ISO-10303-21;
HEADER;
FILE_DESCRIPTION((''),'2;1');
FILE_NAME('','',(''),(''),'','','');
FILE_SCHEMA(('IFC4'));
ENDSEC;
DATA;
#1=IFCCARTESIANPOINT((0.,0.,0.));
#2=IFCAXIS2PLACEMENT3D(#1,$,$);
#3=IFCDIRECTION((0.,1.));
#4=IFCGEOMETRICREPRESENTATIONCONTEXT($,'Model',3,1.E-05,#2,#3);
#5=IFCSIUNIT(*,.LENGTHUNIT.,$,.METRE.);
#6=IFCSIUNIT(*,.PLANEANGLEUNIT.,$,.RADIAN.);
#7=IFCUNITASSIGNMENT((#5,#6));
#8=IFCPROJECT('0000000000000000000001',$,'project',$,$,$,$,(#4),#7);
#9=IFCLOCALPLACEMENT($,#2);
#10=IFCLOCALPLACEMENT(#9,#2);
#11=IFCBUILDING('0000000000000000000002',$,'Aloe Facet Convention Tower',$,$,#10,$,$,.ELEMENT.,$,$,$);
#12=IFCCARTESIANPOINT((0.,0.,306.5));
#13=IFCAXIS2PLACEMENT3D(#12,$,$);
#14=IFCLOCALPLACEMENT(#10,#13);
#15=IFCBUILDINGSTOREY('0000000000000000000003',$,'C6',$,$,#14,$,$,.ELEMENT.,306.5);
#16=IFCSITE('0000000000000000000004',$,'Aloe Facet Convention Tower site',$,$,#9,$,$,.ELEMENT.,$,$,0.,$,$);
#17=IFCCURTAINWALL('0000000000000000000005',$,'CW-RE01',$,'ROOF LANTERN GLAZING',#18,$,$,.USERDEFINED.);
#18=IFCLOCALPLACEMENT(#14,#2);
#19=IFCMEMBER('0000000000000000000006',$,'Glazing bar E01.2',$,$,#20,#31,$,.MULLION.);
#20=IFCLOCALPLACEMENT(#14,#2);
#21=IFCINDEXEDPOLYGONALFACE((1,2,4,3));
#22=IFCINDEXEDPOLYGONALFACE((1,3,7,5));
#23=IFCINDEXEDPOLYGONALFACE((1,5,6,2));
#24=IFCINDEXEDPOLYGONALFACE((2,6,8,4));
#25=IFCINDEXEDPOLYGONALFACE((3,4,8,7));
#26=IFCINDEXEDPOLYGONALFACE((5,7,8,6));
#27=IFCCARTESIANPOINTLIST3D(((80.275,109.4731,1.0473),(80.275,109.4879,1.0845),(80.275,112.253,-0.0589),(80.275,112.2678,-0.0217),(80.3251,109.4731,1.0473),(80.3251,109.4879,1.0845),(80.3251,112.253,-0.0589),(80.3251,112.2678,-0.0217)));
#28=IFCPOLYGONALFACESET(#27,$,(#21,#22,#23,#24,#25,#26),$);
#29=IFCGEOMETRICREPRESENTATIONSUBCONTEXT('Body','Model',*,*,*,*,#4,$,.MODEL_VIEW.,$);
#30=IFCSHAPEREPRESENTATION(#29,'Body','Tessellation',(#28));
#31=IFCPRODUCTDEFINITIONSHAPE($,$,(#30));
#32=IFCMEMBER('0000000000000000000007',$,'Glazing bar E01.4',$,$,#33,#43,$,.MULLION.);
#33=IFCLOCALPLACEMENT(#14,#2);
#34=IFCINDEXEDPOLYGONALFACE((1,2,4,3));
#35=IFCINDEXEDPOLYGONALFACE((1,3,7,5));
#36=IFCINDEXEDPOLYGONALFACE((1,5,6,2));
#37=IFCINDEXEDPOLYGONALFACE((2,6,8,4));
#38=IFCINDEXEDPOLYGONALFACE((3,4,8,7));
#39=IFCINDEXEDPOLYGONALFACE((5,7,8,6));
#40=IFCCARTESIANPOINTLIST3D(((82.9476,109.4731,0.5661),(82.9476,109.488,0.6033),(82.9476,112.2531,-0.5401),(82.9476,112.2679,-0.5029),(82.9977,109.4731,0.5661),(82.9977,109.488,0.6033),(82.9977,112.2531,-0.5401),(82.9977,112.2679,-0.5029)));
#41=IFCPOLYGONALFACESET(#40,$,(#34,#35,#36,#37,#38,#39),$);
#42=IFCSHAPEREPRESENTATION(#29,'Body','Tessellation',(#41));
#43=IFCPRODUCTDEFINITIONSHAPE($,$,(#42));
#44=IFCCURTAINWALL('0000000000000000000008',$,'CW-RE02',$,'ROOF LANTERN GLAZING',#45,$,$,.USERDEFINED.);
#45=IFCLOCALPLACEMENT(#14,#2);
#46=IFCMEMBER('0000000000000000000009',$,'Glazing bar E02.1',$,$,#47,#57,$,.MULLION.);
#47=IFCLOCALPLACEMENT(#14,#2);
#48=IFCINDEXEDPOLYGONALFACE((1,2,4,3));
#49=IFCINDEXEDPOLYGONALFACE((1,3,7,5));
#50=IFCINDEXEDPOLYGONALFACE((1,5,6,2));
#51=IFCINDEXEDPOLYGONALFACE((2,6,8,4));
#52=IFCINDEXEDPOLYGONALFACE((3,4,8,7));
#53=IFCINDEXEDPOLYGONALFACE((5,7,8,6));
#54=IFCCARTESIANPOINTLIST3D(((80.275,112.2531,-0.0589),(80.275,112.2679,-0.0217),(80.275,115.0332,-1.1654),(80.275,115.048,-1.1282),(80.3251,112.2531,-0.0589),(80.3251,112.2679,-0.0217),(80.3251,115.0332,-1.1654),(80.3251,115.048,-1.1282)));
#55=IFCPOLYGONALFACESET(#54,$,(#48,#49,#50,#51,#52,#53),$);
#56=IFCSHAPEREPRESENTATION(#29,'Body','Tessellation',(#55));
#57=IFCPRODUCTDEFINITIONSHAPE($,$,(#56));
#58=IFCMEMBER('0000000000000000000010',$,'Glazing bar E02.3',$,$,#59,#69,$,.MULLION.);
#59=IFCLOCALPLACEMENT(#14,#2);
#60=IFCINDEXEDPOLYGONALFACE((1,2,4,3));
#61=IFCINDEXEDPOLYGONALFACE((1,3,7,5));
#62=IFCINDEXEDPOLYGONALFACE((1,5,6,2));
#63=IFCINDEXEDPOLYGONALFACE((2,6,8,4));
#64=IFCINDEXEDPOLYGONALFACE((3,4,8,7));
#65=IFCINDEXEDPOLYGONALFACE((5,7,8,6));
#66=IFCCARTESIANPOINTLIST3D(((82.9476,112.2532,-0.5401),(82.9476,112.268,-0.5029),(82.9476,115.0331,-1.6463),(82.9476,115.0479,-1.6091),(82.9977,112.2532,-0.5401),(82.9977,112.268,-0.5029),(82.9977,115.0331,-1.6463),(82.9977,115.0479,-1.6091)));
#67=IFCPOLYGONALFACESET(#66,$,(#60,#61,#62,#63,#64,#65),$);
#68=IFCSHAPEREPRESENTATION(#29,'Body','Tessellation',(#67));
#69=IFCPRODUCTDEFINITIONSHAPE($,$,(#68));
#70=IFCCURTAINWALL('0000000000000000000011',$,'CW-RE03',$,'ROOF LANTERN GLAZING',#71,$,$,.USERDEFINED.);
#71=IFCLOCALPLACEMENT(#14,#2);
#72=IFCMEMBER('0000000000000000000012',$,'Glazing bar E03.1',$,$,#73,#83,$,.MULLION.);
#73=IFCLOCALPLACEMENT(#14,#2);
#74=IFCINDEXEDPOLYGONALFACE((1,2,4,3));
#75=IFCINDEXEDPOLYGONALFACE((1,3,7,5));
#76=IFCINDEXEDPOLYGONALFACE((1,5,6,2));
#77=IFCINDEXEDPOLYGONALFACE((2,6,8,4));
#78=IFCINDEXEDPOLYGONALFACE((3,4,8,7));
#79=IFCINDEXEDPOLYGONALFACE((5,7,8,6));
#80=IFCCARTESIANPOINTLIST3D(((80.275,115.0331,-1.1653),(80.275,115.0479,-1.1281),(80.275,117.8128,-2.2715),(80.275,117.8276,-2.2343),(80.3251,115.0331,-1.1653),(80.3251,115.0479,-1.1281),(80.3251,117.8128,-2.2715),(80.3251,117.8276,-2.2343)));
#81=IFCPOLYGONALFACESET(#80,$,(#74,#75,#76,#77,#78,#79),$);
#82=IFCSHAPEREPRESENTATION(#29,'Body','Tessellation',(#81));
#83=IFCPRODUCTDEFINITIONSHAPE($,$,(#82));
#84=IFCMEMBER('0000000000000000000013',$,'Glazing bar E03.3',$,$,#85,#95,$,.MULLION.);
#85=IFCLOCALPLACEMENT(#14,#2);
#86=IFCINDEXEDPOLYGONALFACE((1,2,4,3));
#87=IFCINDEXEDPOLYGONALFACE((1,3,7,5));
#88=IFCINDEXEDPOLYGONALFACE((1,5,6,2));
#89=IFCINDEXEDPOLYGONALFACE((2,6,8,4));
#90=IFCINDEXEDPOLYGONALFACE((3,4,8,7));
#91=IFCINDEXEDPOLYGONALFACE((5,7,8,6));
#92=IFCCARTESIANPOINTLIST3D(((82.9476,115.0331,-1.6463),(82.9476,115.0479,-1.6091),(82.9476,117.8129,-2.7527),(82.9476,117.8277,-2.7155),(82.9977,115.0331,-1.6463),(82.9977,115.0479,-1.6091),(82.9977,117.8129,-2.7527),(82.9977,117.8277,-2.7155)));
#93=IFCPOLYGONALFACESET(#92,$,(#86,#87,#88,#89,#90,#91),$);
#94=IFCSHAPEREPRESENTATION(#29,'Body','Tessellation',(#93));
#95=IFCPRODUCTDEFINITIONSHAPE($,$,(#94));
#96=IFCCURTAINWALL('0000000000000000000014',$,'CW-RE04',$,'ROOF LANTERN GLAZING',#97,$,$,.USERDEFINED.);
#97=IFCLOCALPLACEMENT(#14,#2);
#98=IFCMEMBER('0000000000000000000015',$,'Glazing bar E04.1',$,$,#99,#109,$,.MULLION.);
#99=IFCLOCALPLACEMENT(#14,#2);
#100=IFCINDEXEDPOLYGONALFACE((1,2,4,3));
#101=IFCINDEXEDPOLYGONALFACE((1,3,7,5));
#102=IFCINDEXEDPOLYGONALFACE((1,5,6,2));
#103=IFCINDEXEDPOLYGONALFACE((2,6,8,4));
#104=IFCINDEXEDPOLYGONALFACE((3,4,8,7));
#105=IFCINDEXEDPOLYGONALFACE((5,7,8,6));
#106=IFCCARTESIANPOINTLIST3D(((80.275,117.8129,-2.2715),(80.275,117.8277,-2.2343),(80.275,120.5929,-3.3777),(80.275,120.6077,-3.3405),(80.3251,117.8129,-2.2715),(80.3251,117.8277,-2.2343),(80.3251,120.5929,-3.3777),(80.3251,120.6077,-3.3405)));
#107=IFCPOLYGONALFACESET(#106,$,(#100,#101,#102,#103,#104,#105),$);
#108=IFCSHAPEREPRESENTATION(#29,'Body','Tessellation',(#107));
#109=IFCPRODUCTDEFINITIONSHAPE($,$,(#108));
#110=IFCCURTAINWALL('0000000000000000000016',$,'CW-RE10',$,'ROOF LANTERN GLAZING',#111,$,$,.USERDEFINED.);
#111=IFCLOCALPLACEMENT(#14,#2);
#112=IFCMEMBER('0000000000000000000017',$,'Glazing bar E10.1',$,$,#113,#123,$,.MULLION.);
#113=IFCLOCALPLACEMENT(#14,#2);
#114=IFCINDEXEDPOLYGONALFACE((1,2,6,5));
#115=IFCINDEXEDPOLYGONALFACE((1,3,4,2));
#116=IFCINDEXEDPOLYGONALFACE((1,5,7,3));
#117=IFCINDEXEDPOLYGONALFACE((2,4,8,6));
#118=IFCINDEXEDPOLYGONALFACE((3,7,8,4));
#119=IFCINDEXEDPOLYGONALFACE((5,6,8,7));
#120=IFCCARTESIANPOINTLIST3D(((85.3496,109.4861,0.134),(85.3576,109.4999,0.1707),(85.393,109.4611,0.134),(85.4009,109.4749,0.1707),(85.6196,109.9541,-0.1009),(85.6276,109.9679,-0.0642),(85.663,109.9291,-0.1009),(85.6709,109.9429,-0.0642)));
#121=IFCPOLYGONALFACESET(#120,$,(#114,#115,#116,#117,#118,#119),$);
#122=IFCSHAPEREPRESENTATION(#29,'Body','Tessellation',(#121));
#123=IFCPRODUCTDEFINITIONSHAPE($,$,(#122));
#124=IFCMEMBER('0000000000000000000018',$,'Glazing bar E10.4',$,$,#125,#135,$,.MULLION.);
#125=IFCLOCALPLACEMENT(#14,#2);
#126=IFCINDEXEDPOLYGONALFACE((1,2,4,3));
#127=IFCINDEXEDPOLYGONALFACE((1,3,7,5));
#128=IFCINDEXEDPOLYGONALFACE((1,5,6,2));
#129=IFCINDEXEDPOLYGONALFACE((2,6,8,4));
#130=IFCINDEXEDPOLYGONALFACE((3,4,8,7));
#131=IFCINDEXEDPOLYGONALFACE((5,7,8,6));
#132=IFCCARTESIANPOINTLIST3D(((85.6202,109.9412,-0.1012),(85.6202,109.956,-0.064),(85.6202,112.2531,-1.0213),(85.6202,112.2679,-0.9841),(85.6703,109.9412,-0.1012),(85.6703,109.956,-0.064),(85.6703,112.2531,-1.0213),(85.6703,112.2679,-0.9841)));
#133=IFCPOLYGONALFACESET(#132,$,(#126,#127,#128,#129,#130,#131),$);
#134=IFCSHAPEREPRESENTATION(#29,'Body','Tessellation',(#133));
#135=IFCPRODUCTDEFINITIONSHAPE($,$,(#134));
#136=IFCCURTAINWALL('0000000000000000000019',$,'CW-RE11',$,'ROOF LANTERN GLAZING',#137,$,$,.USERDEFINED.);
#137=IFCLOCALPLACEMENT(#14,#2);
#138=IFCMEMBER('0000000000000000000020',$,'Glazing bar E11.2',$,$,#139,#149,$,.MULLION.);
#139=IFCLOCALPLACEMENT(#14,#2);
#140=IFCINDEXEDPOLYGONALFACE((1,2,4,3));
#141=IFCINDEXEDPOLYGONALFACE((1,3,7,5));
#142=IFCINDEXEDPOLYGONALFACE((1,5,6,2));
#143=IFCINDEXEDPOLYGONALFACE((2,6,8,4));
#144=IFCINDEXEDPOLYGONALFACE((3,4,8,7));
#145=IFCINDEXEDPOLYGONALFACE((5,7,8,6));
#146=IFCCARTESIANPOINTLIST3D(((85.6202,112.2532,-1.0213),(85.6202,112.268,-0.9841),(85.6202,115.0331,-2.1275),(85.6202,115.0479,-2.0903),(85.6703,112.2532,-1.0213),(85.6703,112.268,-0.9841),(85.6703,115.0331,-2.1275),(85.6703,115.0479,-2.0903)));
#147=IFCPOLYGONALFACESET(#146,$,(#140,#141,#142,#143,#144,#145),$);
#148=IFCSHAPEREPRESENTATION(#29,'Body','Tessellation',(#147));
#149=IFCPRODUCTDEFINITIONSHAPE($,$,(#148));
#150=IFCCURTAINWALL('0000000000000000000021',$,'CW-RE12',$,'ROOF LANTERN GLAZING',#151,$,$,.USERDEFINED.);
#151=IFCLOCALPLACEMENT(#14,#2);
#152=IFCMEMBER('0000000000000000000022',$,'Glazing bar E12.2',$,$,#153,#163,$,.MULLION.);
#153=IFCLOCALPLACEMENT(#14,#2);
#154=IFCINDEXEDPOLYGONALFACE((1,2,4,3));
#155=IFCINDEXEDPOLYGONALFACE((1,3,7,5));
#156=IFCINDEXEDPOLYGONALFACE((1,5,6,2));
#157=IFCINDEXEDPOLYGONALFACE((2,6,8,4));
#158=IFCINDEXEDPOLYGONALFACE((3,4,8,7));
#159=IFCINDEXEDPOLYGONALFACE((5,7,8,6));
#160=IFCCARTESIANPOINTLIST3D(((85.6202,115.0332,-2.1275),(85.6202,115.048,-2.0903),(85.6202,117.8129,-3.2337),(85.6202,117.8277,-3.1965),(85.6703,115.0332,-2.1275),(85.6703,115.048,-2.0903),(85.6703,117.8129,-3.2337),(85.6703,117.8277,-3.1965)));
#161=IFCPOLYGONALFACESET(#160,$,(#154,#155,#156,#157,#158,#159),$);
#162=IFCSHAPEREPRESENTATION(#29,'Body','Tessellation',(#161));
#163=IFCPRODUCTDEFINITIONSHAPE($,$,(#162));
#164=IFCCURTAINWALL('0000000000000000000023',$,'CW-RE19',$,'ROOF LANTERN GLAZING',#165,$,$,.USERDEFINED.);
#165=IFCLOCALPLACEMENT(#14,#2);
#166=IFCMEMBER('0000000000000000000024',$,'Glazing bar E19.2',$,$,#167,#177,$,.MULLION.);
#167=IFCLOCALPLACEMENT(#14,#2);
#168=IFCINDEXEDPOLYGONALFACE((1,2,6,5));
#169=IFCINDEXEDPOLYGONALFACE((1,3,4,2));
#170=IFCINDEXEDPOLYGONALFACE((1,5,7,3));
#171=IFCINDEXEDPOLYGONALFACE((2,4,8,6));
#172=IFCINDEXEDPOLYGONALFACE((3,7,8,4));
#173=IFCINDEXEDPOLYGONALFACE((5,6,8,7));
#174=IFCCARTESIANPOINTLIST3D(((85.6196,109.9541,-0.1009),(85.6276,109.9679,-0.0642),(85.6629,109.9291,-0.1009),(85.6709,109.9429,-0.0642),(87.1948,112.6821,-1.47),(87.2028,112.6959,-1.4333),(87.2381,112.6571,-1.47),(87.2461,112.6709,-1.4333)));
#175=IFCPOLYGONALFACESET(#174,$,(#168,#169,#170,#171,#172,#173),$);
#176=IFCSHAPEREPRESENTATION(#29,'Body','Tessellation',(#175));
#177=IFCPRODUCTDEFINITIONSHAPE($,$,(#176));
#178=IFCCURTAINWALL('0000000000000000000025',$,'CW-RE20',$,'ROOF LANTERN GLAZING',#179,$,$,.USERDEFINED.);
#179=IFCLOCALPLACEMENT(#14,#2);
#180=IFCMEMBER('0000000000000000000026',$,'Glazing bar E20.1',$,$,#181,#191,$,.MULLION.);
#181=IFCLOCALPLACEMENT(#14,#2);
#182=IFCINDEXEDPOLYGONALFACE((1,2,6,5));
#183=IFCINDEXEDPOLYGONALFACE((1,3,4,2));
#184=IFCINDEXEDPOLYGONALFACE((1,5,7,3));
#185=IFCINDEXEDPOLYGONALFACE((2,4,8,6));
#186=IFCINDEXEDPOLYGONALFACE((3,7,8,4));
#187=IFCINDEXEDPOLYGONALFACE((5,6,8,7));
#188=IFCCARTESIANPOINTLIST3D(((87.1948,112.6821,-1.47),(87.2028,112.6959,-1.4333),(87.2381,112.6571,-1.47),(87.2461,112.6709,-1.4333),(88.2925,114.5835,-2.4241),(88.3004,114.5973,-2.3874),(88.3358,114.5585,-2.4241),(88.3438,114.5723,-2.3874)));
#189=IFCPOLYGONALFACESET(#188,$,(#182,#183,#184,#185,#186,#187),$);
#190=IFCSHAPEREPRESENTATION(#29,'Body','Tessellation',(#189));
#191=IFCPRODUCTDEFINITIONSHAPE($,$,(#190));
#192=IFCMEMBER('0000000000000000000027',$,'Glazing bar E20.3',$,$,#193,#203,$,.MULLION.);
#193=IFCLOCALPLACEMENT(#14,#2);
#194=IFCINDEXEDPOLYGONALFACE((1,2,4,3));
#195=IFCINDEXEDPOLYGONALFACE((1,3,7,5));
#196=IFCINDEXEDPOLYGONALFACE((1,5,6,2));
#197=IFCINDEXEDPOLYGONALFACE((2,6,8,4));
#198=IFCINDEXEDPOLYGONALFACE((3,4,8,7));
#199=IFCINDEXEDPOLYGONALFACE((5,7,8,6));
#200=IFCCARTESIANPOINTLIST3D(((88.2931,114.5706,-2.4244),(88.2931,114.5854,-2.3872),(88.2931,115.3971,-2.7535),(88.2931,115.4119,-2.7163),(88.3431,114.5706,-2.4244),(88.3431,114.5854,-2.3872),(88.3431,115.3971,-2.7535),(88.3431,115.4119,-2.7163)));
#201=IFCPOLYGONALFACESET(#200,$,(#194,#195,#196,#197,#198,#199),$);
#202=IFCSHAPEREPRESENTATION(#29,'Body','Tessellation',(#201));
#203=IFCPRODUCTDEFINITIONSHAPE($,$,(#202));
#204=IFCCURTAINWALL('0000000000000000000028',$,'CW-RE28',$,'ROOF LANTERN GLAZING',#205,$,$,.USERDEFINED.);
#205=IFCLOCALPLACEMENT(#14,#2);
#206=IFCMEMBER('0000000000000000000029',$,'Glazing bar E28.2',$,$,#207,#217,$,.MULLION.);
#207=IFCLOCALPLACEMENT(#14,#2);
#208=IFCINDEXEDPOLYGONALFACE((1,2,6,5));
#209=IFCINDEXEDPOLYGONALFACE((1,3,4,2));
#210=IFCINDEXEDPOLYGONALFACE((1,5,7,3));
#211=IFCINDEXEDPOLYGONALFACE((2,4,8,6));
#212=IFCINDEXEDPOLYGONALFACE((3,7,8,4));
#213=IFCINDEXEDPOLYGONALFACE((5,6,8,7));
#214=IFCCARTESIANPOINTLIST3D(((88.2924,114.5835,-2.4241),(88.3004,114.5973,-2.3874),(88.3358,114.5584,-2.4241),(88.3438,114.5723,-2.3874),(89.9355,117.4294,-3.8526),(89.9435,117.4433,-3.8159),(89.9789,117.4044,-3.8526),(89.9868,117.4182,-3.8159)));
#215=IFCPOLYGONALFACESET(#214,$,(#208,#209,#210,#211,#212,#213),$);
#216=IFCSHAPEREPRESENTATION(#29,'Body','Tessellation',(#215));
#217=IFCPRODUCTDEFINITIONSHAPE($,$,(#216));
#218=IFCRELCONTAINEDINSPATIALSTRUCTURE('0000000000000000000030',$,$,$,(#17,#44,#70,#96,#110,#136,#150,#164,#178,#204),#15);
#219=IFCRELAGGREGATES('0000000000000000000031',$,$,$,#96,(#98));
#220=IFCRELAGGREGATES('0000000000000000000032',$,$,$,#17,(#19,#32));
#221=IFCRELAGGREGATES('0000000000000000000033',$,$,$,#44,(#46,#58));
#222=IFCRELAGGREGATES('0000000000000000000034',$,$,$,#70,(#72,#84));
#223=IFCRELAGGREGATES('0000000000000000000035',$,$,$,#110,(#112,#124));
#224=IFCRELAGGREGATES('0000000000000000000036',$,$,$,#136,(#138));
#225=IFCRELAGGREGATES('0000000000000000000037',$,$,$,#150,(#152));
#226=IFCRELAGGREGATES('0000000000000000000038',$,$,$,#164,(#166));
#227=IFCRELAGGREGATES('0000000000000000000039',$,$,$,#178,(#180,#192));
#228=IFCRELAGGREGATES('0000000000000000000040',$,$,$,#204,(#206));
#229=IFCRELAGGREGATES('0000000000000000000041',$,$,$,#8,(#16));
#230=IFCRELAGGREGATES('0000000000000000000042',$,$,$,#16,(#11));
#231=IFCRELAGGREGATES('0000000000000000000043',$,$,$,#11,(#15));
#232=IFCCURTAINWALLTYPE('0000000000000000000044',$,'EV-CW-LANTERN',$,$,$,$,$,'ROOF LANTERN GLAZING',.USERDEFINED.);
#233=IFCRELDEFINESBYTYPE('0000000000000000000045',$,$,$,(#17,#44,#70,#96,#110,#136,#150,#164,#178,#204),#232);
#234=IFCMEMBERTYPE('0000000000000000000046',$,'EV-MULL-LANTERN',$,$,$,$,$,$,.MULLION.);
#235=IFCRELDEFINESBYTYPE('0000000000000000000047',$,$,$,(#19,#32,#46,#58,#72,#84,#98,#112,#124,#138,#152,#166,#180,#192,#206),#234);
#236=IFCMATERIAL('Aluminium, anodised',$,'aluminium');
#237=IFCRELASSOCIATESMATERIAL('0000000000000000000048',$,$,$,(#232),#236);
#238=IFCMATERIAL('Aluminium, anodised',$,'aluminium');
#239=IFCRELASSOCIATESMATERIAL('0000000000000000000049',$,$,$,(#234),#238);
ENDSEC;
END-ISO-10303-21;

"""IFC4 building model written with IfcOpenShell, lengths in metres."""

from ifc_helpers import new_model, si_unit, direction, frame, origin, origin_2d, place, context, subcontext, project, spatial, rectangle, extrude, material, material_profile, profile_set, type_object, element, aggregate, save


model = new_model("IFC4")

# Units and contexts
model_context = context("Model", 3, precision=1e-05, world=origin(), true_north=direction((0.0, 1.0)))
body_context = subcontext(model_context, "Body", "Model", "MODEL_VIEW")
ifc_project = project(units=[si_unit("LENGTHUNIT", "METRE"), si_unit("PLANEANGLEUNIT", "RADIAN")], contexts=[model_context])

# Site, building, storey
site_placement = place(None, origin())
site = spatial("IfcSite", under=ifc_project, at=site_placement, Name="Aloe Facet Convention Tower site", CompositionType="ELEMENT", RefElevation=0.0)
building_placement = place(site_placement, origin())
building = spatial("IfcBuilding", under=site, at=building_placement, Name="Aloe Facet Convention Tower", CompositionType="ELEMENT")
storey_placement = place(building_placement, frame((0.0, 0.0, 306.5)))
storey = spatial("IfcBuildingStorey", under=building, at=storey_placement, Name="C6", CompositionType="ELEMENT", Elevation=306.5)

# Curtain walls, members
ifc_material_1 = material(Name="Aluminium, anodised", Category="aluminium")
curtain_wall_type = type_object("IfcCurtainWallType", Name="EV-CW-LANTERN", ElementType="ROOF LANTERN GLAZING", PredefinedType="USERDEFINED", material=ifc_material_1)
curtain_wall_1_placement = place(storey_placement, origin())
curtain_wall_1 = element("IfcCurtainWall", 1, at=curtain_wall_1_placement, inside=storey, type_object=curtain_wall_type, Name="CW-RE01", ObjectType="ROOF LANTERN GLAZING", PredefinedType="USERDEFINED")
ifc_material_2 = material(Name="Aluminium, anodised", Category="aluminium")
ifc_material_profile_1 = material_profile(ifc_material_2, rectangle(XDim=0.05, YDim=0.04, at=origin_2d()), Name="AL 50x40")
ifc_profile_set_1 = profile_set([ifc_material_profile_1], Name="Aluminium, anodised")
member_type_1 = type_object("IfcMemberType", Name="EV-MULL-LANTERN", PredefinedType="MULLION", material=ifc_profile_set_1)
member_1_placement = place(storey_placement, frame((80.3, 109.4805, 1.0659), z_axis=(0.0, 0.929145, -0.369716), x_axis=(-1.0, 0.0, 0.0)))
member_1 = element("IfcMember", 2, at=member_1_placement, type_object=member_type_1, Name="Glazing bar E01.2", PredefinedType="MULLION", context=body_context, shape_type="SweptSolid", body=[
    extrude(rectangle(XDim=0.05, YDim=0.04, at=origin_2d()), origin(), (0.0, 0.0, 1.0), 2.9919),
])
member_2_placement = place(storey_placement, frame((82.9727, 112.2605, -0.5215), z_axis=(0.0, -0.929145, 0.369716), x_axis=(1.0, 0.0, 0.0)))
member_2 = element("IfcMember", 3, at=member_2_placement, type_object=member_type_1, Name="Glazing bar E01.4", PredefinedType="MULLION", context=body_context, shape_type="SweptSolid", body=[
    extrude(rectangle(XDim=0.05, YDim=0.04, at=origin_2d()), origin(), (0.0, 0.0, 1.0), 2.9919),
])
curtain_wall_2_placement = place(storey_placement, origin())
curtain_wall_2 = element("IfcCurtainWall", 4, at=curtain_wall_2_placement, inside=storey, type_object=curtain_wall_type, Name="CW-RE02", ObjectType="ROOF LANTERN GLAZING", PredefinedType="USERDEFINED")
member_3_placement = place(storey_placement, frame((80.3, 112.2605, -0.0403), z_axis=(0.0, 0.929117, -0.369786), x_axis=(-1.0, 0.0, 0.0)))
member_3 = element("IfcMember", 5, at=member_3_placement, type_object=member_type_1, Name="Glazing bar E02.1", PredefinedType="MULLION", context=body_context, shape_type="SweptSolid", body=[
    extrude(rectangle(XDim=0.05, YDim=0.04, at=origin_2d()), origin(), (0.0, 0.0, 1.0), 2.9922),
])
member_4_placement = place(storey_placement, frame((82.9727, 115.0405, -1.6277), z_axis=(0.0, -0.929145, 0.369716), x_axis=(1.0, 0.0, 0.0)))
member_4 = element("IfcMember", 6, at=member_4_placement, type_object=member_type_1, Name="Glazing bar E02.3", PredefinedType="MULLION", context=body_context, shape_type="SweptSolid", body=[
    extrude(rectangle(XDim=0.05, YDim=0.04, at=origin_2d()), origin(), (0.0, 0.0, 1.0), 2.9919),
])
curtain_wall_3_placement = place(storey_placement, origin())
curtain_wall_3 = element("IfcCurtainWall", 7, at=curtain_wall_3_placement, inside=storey, type_object=curtain_wall_type, Name="CW-RE03", ObjectType="ROOF LANTERN GLAZING", PredefinedType="USERDEFINED")
member_5_placement = place(storey_placement, frame((80.3, 115.0405, -1.1467), z_axis=(0.0, 0.929134, -0.369744), x_axis=(-1.0, 0.0, 0.0)))
member_5 = element("IfcMember", 8, at=member_5_placement, type_object=member_type_1, Name="Glazing bar E03.1", PredefinedType="MULLION", context=body_context, shape_type="SweptSolid", body=[
    extrude(rectangle(XDim=0.05, YDim=0.04, at=origin_2d()), origin(), (0.0, 0.0, 1.0), 2.9917),
])
member_6_placement = place(storey_placement, frame((82.9727, 117.8203, -2.7341), z_axis=(0.0, -0.929106, 0.369814), x_axis=(1.0, 0.0, 0.0)))
member_6 = element("IfcMember", 9, at=member_6_placement, type_object=member_type_1, Name="Glazing bar E03.3", PredefinedType="MULLION", context=body_context, shape_type="SweptSolid", body=[
    extrude(rectangle(XDim=0.05, YDim=0.04, at=origin_2d()), origin(), (0.0, 0.0, 1.0), 2.9919),
])

# Curtain wall, member
curtain_wall_4_placement = place(storey_placement, origin())
curtain_wall_4 = element("IfcCurtainWall", 10, at=curtain_wall_4_placement, inside=storey, type_object=curtain_wall_type, Name="CW-RE04", ObjectType="ROOF LANTERN GLAZING", PredefinedType="USERDEFINED")
member_7_placement = place(storey_placement, frame((80.3, 117.8203, -2.2529), z_axis=(0.0, 0.929145, -0.369716), x_axis=(-1.0, 0.0, 0.0)))
member_7 = element("IfcMember", 11, at=member_7_placement, type_object=member_type_1, Name="Glazing bar E04.1", PredefinedType="MULLION", context=body_context, shape_type="SweptSolid", body=[
    extrude(rectangle(XDim=0.05, YDim=0.04, at=origin_2d()), origin(), (0.0, 0.0, 1.0), 2.9919),
])
aggregate(curtain_wall_4, [member_7])

# Curtain wall, members
curtain_wall_5_placement = place(storey_placement, origin())
curtain_wall_5 = element("IfcCurtainWall", 12, at=curtain_wall_5_placement, inside=storey, type_object=curtain_wall_type, Name="CW-RE10", ObjectType="ROOF LANTERN GLAZING", PredefinedType="USERDEFINED")
member_8_placement = place(storey_placement, frame((85.6453, 109.9485, -0.0825), z_axis=(-0.458311, -0.794379, 0.39864), x_axis=(0.866178, -0.499735, 0.0)))
member_8 = element("IfcMember", 13, at=member_8_placement, type_object=member_type_1, Name="Glazing bar E10.1", PredefinedType="MULLION", context=body_context, shape_type="SweptSolid", body=[
    extrude(rectangle(XDim=0.05, YDim=0.04, at=origin_2d()), origin(), (0.0, 0.0, 1.0), 0.5891),
])
member_9_placement = place(storey_placement, frame((85.6453, 112.2605, -1.0027), z_axis=(0.0, -0.929118, 0.369783), x_axis=(1.0, 0.0, 0.0)))
member_9 = element("IfcMember", 14, at=member_9_placement, type_object=member_type_1, Name="Glazing bar E10.4", PredefinedType="MULLION", context=body_context, shape_type="SweptSolid", body=[
    extrude(rectangle(XDim=0.05, YDim=0.04, at=origin_2d()), origin(), (0.0, 0.0, 1.0), 2.4883),
])

# Curtain walls, members
curtain_wall_6_placement = place(storey_placement, origin())
curtain_wall_6 = element("IfcCurtainWall", 15, at=curtain_wall_6_placement, inside=storey, type_object=curtain_wall_type, Name="CW-RE11", ObjectType="ROOF LANTERN GLAZING", PredefinedType="USERDEFINED")
member_10_placement = place(storey_placement, frame((85.6453, 115.0405, -2.1089), z_axis=(0.0, -0.929145, 0.369716), x_axis=(1.0, 0.0, 0.0)))
member_10 = element("IfcMember", 16, at=member_10_placement, type_object=member_type_1, Name="Glazing bar E11.2", PredefinedType="MULLION", context=body_context, shape_type="SweptSolid", body=[
    extrude(rectangle(XDim=0.05, YDim=0.04, at=origin_2d()), origin(), (0.0, 0.0, 1.0), 2.9919),
])
curtain_wall_7_placement = place(storey_placement, origin())
curtain_wall_7 = element("IfcCurtainWall", 17, at=curtain_wall_7_placement, inside=storey, type_object=curtain_wall_type, Name="CW-RE12", ObjectType="ROOF LANTERN GLAZING", PredefinedType="USERDEFINED")
member_11_placement = place(storey_placement, frame((85.6453, 117.8203, -3.2151), z_axis=(0.0, -0.929134, 0.369744), x_axis=(1.0, 0.0, 0.0)))
member_11 = element("IfcMember", 18, at=member_11_placement, type_object=member_type_1, Name="Glazing bar E12.2", PredefinedType="MULLION", context=body_context, shape_type="SweptSolid", body=[
    extrude(rectangle(XDim=0.05, YDim=0.04, at=origin_2d()), origin(), (0.0, 0.0, 1.0), 2.9917),
])
curtain_wall_8_placement = place(storey_placement, origin())
curtain_wall_8 = element("IfcCurtainWall", 19, at=curtain_wall_8_placement, inside=storey, type_object=curtain_wall_type, Name="CW-RE19", ObjectType="ROOF LANTERN GLAZING", PredefinedType="USERDEFINED")
member_12_placement = place(storey_placement, frame((87.2205, 112.6765, -1.4517), z_axis=(-0.458598, -0.794229, 0.398607), x_axis=(0.866002, -0.50004, 0.0)))
member_12 = element("IfcMember", 20, at=member_12_placement, type_object=member_type_1, Name="Glazing bar E19.2", PredefinedType="MULLION", context=body_context, shape_type="SweptSolid", body=[
    extrude(rectangle(XDim=0.05, YDim=0.04, at=origin_2d()), origin(), (0.0, 0.0, 1.0), 3.4348),
])

# Curtain wall, members
curtain_wall_9_placement = place(storey_placement, origin())
curtain_wall_9 = element("IfcCurtainWall", 21, at=curtain_wall_9_placement, inside=storey, type_object=curtain_wall_type, Name="CW-RE20", ObjectType="ROOF LANTERN GLAZING", PredefinedType="USERDEFINED")
member_13_placement = place(storey_placement, frame((88.3181, 114.5779, -2.4058), z_axis=(-0.458538, -0.794283, 0.398569), x_axis=(0.866045, -0.499966, 0.0)))
member_13 = element("IfcMember", 22, at=member_13_placement, type_object=member_type_1, Name="Glazing bar E20.1", PredefinedType="MULLION", context=body_context, shape_type="SweptSolid", body=[
    extrude(rectangle(XDim=0.05, YDim=0.04, at=origin_2d()), origin(), (0.0, 0.0, 1.0), 2.3938),
])
member_14_placement = place(storey_placement, frame((88.3181, 115.4045, -2.7349), z_axis=(0.0, -0.929081, 0.369876), x_axis=(1.0, 0.0, 0.0)))
member_14 = element("IfcMember", 23, at=member_14_placement, type_object=member_type_1, Name="Glazing bar E20.3", PredefinedType="MULLION", context=body_context, shape_type="SweptSolid", body=[
    extrude(rectangle(XDim=0.05, YDim=0.04, at=origin_2d()), origin(), (0.0, 0.0, 1.0), 0.8896),
])

# Curtain wall, member
curtain_wall_10_placement = place(storey_placement, origin())
curtain_wall_10 = element("IfcCurtainWall", 24, at=curtain_wall_10_placement, inside=storey, type_object=curtain_wall_type, Name="CW-RE28", ObjectType="ROOF LANTERN GLAZING", PredefinedType="USERDEFINED")
member_15_placement = place(storey_placement, frame((89.9612, 117.4238, -3.8342), z_axis=(-0.458542, -0.794239, 0.398652), x_axis=(0.866031, -0.49999, 0.0)))
member_15 = element("IfcMember", 25, at=member_15_placement, type_object=member_type_1, Name="Glazing bar E28.2", PredefinedType="MULLION", context=body_context, shape_type="SweptSolid", body=[
    extrude(rectangle(XDim=0.05, YDim=0.04, at=origin_2d()), origin(), (0.0, 0.0, 1.0), 3.5833),
])

aggregate(curtain_wall_1, [member_1, member_2])
aggregate(curtain_wall_2, [member_3, member_4])
aggregate(curtain_wall_3, [member_5, member_6])
aggregate(curtain_wall_5, [member_8, member_9])
aggregate(curtain_wall_6, [member_10])
aggregate(curtain_wall_7, [member_11])
aggregate(curtain_wall_8, [member_12])
aggregate(curtain_wall_9, [member_13, member_14])
aggregate(curtain_wall_10, [member_15])

save(model, "model.ifc")
